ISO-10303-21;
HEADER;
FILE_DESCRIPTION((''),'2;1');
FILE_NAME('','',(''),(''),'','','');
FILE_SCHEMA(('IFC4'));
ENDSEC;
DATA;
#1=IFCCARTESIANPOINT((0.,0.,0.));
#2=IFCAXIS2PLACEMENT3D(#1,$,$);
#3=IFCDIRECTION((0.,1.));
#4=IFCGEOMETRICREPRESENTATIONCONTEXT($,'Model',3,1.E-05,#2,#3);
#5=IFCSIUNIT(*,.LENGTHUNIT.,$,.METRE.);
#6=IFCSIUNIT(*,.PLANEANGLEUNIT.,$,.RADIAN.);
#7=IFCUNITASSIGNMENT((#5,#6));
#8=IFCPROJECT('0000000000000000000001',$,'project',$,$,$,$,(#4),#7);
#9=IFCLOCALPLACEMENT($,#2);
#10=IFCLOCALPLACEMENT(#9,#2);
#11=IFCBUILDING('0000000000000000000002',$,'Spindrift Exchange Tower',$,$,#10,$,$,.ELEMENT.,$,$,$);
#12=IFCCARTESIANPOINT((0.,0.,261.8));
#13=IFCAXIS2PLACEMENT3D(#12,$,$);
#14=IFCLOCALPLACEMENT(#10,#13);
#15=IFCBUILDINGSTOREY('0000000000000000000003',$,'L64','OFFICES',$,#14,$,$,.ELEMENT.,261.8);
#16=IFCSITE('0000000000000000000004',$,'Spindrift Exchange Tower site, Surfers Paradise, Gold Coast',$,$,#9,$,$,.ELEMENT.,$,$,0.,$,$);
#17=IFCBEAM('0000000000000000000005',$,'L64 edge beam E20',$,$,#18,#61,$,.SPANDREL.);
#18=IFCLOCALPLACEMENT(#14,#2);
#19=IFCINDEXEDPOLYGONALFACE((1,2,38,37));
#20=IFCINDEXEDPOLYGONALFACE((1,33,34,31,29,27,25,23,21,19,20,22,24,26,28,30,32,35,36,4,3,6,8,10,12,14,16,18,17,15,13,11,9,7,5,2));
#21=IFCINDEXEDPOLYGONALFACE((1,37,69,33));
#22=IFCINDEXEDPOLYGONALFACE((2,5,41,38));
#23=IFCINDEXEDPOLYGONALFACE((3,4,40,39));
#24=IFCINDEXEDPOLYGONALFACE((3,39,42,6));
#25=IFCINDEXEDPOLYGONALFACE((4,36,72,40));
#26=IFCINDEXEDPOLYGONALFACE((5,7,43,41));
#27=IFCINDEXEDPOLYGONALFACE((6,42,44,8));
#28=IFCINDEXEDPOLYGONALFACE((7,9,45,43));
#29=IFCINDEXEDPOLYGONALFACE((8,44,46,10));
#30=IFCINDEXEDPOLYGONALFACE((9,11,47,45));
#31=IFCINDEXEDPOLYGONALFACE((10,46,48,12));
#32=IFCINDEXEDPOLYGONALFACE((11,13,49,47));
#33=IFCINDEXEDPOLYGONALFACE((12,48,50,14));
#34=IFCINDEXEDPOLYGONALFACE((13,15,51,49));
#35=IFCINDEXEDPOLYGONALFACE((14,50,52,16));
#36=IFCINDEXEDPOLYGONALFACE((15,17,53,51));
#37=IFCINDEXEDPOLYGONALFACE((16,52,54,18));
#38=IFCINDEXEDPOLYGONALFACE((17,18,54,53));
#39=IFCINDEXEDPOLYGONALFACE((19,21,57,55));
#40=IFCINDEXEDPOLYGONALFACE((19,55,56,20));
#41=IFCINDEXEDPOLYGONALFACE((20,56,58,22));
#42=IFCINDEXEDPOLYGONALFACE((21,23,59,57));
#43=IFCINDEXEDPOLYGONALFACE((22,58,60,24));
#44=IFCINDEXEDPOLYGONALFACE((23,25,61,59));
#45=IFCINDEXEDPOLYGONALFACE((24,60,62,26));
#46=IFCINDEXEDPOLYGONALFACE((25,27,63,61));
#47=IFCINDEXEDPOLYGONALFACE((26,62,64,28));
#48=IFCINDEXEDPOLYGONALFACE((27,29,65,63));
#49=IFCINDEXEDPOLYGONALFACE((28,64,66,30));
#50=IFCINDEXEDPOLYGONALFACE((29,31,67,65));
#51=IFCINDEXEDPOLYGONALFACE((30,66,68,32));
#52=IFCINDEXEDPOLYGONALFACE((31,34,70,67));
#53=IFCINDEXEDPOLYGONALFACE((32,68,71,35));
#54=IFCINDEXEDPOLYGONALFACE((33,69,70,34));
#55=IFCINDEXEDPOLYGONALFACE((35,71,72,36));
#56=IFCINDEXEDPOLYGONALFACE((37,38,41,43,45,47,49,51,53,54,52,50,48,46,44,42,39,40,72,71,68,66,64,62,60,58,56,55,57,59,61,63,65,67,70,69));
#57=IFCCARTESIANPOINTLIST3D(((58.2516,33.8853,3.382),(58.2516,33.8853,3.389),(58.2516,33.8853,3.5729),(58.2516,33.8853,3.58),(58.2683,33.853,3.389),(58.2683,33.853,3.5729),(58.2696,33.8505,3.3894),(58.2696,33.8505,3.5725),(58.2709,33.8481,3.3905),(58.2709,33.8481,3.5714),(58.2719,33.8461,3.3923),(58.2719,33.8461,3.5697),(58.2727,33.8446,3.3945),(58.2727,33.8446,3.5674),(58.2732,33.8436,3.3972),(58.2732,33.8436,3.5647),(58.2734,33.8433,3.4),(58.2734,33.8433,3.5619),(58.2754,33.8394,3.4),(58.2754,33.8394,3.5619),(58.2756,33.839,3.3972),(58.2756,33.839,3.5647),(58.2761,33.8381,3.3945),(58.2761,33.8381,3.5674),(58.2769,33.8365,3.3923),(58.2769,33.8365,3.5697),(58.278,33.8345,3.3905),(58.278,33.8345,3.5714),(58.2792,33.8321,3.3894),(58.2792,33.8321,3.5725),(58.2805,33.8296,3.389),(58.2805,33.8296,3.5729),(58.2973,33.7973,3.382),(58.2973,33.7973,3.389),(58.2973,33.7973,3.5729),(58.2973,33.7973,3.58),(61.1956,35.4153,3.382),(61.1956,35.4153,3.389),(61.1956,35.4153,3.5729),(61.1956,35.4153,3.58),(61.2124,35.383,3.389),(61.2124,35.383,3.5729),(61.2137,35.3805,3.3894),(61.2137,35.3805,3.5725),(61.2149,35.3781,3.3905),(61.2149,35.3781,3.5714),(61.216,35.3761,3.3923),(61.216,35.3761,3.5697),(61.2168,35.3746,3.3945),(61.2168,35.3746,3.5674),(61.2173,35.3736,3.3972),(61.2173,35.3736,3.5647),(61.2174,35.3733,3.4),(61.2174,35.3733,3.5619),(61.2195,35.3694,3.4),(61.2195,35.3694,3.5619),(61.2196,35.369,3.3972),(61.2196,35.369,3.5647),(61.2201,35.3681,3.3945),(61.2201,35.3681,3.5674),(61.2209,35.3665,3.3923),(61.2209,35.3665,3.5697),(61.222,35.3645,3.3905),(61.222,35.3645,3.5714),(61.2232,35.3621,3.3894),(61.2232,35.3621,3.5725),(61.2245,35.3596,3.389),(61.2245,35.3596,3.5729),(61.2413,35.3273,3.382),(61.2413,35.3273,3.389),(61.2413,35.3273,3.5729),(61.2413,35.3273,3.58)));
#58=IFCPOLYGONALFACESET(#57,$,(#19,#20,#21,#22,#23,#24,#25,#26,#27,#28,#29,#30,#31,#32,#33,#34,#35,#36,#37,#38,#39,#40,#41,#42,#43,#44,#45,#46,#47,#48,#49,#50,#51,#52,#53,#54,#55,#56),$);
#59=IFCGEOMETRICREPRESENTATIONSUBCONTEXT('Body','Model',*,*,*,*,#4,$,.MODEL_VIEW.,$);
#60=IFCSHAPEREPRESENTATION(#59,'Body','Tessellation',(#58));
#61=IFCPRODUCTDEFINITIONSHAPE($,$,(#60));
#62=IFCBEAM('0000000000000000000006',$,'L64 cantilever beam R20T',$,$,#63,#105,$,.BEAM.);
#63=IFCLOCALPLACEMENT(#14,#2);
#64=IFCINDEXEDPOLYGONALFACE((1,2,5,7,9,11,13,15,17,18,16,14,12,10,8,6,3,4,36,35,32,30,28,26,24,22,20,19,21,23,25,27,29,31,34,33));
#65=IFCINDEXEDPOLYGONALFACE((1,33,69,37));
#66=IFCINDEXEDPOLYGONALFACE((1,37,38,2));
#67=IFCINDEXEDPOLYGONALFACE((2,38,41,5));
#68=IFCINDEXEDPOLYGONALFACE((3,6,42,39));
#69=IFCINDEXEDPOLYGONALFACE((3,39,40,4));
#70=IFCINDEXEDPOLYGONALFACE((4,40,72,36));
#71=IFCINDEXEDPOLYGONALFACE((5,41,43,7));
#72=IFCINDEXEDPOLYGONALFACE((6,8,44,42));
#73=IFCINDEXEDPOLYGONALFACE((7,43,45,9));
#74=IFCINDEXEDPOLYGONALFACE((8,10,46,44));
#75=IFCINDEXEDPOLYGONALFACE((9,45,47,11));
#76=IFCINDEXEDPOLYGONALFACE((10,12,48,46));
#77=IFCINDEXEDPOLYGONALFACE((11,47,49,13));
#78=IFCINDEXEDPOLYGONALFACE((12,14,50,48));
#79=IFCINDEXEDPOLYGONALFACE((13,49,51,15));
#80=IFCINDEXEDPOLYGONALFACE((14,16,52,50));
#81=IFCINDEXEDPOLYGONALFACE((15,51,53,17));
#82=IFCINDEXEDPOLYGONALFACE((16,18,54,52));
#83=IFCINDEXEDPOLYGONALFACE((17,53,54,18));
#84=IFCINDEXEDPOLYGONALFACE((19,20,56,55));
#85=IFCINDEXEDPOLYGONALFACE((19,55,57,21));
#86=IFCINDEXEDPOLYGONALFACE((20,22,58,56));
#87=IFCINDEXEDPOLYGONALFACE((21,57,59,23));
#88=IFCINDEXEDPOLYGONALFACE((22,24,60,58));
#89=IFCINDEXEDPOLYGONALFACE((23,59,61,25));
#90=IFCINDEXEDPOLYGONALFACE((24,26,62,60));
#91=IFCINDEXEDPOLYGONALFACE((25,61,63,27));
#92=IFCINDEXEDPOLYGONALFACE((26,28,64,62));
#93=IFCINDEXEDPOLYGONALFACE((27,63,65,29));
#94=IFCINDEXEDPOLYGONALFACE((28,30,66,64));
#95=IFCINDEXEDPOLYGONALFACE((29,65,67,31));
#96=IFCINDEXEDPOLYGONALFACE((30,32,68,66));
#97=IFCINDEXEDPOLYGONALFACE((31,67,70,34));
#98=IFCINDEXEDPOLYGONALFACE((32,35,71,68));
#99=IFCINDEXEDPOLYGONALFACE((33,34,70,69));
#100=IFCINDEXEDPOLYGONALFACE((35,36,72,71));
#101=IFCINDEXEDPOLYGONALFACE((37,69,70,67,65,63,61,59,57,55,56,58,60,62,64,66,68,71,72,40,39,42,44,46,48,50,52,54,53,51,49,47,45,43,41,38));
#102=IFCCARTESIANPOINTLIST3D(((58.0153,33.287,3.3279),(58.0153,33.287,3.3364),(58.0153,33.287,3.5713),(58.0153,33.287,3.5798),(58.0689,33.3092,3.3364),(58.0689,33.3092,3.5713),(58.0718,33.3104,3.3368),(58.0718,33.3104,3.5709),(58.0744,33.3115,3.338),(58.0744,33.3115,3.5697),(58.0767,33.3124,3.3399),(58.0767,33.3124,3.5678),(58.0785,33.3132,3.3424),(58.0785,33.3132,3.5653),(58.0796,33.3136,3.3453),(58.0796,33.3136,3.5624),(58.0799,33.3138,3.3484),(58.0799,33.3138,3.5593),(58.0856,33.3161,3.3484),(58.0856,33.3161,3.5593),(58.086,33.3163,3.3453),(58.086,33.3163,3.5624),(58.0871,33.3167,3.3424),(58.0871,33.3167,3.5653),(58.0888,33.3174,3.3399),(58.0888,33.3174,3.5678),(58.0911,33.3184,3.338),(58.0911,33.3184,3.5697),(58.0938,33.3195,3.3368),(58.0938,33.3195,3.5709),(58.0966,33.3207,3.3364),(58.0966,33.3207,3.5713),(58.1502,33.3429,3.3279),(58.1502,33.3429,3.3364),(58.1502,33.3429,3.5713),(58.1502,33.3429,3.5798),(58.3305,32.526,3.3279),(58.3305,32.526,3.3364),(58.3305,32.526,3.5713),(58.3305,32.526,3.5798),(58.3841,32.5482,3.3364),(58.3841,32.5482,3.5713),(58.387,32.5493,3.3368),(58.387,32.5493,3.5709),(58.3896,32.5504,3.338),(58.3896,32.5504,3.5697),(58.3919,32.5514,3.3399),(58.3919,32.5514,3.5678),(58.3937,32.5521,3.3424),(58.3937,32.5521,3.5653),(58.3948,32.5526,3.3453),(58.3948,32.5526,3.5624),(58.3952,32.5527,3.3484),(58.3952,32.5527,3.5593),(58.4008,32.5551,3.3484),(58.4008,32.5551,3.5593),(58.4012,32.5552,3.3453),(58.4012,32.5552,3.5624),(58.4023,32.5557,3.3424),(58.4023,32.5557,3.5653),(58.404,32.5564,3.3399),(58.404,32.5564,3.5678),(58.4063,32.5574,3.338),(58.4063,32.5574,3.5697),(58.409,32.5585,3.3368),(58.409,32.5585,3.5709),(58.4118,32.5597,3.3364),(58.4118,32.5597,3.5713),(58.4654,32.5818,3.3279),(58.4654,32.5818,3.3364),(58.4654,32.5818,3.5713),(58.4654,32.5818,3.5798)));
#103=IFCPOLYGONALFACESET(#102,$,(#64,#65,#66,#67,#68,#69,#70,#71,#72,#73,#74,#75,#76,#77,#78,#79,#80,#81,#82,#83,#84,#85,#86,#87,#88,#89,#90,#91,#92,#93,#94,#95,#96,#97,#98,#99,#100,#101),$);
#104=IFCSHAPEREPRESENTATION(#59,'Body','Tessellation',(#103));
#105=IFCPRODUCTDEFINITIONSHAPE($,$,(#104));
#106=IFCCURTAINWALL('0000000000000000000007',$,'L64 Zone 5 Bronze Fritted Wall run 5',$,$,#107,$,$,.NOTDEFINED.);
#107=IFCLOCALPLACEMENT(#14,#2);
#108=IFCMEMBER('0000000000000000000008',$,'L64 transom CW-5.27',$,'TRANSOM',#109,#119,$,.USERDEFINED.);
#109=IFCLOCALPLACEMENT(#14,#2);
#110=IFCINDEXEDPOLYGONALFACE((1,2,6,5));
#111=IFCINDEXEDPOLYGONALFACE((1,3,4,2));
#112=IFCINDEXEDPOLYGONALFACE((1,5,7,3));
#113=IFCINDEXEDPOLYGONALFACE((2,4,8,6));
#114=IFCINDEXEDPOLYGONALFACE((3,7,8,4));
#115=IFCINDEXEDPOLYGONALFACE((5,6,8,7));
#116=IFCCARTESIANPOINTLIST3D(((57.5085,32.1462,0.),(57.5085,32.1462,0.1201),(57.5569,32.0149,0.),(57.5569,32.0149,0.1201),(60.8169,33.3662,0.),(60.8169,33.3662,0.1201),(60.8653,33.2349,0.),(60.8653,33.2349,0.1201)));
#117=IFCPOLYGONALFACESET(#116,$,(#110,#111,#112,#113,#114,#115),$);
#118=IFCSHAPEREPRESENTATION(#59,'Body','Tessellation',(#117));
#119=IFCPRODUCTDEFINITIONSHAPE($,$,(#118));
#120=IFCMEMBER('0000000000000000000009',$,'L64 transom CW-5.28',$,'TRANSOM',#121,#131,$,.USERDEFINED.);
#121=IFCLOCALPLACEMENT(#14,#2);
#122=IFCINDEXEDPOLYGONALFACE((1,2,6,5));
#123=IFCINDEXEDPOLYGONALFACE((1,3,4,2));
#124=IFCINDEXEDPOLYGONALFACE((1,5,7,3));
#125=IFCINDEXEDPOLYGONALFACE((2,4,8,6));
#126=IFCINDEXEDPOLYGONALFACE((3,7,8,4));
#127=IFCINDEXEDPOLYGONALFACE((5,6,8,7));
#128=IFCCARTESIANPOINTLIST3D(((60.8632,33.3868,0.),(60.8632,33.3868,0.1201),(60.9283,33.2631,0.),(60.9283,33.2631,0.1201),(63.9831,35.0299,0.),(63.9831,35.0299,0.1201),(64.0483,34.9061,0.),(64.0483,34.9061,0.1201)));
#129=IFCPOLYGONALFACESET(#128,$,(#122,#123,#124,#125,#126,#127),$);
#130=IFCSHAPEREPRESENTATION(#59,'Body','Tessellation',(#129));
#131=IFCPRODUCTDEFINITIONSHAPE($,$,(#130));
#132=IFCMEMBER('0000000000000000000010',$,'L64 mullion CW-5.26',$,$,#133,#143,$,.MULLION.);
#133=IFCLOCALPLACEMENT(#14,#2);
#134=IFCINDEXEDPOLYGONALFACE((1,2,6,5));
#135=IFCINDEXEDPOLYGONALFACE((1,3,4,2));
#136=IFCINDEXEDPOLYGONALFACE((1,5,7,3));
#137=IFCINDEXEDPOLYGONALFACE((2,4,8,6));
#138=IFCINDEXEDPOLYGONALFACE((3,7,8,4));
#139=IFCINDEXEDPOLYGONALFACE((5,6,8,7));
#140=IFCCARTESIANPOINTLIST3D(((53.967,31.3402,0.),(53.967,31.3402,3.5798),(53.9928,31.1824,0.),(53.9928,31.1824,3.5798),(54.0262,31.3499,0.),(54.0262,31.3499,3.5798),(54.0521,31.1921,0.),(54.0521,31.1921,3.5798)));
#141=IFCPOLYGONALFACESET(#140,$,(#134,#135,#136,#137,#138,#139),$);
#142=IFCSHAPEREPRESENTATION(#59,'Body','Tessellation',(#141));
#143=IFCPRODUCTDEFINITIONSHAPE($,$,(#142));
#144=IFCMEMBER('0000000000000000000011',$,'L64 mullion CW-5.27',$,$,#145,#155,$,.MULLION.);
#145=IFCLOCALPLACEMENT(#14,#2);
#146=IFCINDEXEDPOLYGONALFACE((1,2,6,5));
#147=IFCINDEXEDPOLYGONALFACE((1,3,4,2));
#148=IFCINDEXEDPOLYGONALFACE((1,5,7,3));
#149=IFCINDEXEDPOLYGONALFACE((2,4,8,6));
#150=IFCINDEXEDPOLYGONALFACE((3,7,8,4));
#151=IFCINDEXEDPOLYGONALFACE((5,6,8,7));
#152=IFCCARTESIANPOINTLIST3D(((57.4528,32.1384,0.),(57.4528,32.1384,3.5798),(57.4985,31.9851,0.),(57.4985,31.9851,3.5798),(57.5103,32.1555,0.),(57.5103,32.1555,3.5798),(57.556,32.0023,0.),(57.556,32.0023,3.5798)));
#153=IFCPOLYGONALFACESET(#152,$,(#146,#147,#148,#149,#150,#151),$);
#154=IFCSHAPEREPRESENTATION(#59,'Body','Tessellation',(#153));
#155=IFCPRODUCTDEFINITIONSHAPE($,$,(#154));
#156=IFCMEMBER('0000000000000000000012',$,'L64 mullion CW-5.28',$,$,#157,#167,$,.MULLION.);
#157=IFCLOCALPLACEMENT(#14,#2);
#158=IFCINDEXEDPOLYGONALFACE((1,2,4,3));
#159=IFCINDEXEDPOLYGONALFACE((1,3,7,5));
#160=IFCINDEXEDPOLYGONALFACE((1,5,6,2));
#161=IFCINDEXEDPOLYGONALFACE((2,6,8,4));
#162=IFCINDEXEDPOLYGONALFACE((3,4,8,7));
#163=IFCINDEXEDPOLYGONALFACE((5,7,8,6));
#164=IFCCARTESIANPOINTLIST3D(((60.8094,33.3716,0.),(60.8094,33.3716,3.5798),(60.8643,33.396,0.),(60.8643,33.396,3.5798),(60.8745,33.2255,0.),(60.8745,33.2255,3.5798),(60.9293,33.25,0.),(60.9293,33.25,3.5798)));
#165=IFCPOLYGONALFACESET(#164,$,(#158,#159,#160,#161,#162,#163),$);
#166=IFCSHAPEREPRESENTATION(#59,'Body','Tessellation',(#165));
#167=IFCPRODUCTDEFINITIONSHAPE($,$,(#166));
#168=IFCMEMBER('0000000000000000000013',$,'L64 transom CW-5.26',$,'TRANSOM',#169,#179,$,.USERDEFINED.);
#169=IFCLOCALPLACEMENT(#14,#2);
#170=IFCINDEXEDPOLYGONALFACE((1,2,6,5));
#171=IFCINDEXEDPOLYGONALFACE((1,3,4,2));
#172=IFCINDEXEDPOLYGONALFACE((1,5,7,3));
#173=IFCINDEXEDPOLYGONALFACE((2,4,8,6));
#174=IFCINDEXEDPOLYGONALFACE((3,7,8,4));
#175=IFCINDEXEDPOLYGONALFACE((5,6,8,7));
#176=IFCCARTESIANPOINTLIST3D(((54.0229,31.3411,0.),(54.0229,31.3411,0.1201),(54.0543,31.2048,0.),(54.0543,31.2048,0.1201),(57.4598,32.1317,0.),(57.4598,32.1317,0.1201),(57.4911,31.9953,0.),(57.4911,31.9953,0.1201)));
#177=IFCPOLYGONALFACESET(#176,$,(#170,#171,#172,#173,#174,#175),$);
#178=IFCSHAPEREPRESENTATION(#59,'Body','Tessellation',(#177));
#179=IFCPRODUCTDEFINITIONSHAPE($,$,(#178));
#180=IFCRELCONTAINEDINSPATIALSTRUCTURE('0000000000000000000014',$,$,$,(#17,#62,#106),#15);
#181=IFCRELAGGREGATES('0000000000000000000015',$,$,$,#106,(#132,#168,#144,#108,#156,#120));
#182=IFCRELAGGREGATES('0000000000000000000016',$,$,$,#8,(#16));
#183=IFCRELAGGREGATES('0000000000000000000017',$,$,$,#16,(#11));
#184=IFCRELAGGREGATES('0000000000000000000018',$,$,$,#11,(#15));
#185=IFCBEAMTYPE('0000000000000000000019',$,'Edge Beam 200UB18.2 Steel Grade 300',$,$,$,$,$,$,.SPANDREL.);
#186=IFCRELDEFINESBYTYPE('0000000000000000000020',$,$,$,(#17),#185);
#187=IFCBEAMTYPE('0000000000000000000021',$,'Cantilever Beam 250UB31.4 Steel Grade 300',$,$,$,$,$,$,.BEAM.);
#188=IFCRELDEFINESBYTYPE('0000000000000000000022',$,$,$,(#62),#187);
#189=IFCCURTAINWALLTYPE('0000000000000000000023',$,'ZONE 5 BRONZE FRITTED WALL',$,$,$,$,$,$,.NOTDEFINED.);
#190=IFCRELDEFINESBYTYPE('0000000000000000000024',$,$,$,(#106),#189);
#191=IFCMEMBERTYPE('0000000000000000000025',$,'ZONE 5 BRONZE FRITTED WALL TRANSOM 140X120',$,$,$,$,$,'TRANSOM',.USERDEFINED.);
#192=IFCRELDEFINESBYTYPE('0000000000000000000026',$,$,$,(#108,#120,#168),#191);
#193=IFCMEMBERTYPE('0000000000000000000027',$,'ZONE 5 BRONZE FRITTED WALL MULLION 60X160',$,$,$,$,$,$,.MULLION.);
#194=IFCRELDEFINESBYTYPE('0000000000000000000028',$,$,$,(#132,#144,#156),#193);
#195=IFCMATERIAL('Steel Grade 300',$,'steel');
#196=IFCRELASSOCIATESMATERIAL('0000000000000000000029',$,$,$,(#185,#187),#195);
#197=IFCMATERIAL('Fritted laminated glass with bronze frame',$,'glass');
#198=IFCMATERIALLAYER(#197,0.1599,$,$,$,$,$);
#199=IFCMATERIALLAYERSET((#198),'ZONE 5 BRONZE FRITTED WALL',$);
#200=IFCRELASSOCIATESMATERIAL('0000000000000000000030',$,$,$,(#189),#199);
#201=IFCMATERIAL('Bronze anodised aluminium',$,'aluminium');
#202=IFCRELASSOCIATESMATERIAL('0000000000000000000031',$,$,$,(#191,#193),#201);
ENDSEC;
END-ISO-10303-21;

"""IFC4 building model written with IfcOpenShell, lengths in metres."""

from ifc_helpers import new_model, si_unit, direction, frame, origin, origin_2d, place, context, subcontext, project, spatial, rectangle, i_section, extrude, source, transform, mapped, material, layer, layer_set, material_profile, profile_set, type_object, element, aggregate, save


model = new_model("IFC4")

# Units and contexts
model_context = context("Model", 3, precision=1e-05, world=origin(), true_north=direction((0.0, 1.0)))
body_context = subcontext(model_context, "Body", "Model", "MODEL_VIEW")
ifc_project = project(units=[si_unit("LENGTHUNIT", "METRE"), si_unit("PLANEANGLEUNIT", "RADIAN")], contexts=[model_context])

# Site, building, storey
site_placement = place(None, origin())
site = spatial("IfcSite", under=ifc_project, at=site_placement, Name="Spindrift Exchange Tower site, Surfers Paradise, Gold Coast", CompositionType="ELEMENT", RefElevation=0.0)
building_placement = place(site_placement, origin())
building = spatial("IfcBuilding", under=site, at=building_placement, Name="Spindrift Exchange Tower", CompositionType="ELEMENT")
storey_placement = place(building_placement, frame((0.0, 0.0, 261.8)))
storey = spatial("IfcBuildingStorey", under=building, at=storey_placement, Name="L64", Description="OFFICES", CompositionType="ELEMENT", Elevation=261.8)

# Beams
ifc_material_1 = material(Name="Steel Grade 300", Category="steel")
ifc_material_profile_1 = material_profile(ifc_material_1, i_section(OverallWidth=0.0991, OverallDepth=0.198, WebThickness=0.0044, FlangeThickness=0.0071, FilletRadius=0.011, at=origin_2d()), Name="200UB18.2")
ifc_profile_set_1 = profile_set([ifc_material_profile_1], Name="Steel Grade 300")
beam_type_1 = type_object("IfcBeamType", Name="Edge Beam 200UB18.2 Steel Grade 300", PredefinedType="SPANDREL", material=ifc_profile_set_1)
shared_shape_1 = source(origin(), body_context, "Body", "SweptSolid", [
    extrude(i_section(OverallWidth=0.0991, OverallDepth=0.198, WebThickness=0.0044, FlangeThickness=0.0071, FilletRadius=0.011, at=origin_2d()), origin(), (0.0, 0.0, 1.0), 3.3179),
])
beam_1_placement = place(storey_placement, frame((58.2744, 33.8413, 3.481), z_axis=(0.887328, 0.46114, 0.0), x_axis=(-0.46114, 0.887328, 0.0)))
element("IfcBeam", 1, at=beam_1_placement, inside=storey, type_object=beam_type_1, Name="L64 edge beam E20", PredefinedType="SPANDREL", context=body_context, shape_type="MappedRepresentation", body=[
    mapped(shared_shape_1, transform((0.0, 0.0, 0.0), scale=1.0)),
])
ifc_material_profile_2 = material_profile(ifc_material_1, i_section(OverallWidth=0.146, OverallDepth=0.252, WebThickness=0.0061, FlangeThickness=0.0085, FilletRadius=0.012, at=origin_2d()), Name="250UB31.4")
ifc_profile_set_2 = profile_set([ifc_material_profile_2], Name="Steel Grade 300")
beam_type_2 = type_object("IfcBeamType", Name="Cantilever Beam 250UB31.4 Steel Grade 300", PredefinedType="BEAM", material=ifc_profile_set_2)
shared_shape_2 = source(origin(), body_context, "Body", "SweptSolid", [
    extrude(i_section(OverallWidth=0.146, OverallDepth=0.252, WebThickness=0.0061, FlangeThickness=0.0085, FilletRadius=0.012, at=origin_2d()), origin(), (0.0, 0.0, 1.0), 0.8237),
])
beam_2_placement = place(storey_placement, frame((58.0828, 33.3149, 3.4539), z_axis=(0.382657, -0.92389, 0.0), x_axis=(0.92389, 0.382657, 0.0)))
element("IfcBeam", 2, at=beam_2_placement, inside=storey, type_object=beam_type_2, Name="L64 cantilever beam R20T", PredefinedType="BEAM", context=body_context, shape_type="MappedRepresentation", body=[
    mapped(shared_shape_2, transform((0.0, 0.0, 0.0), scale=1.0)),
])

# Curtain wall, members
ifc_material_2 = material(Name="Fritted laminated glass with bronze frame", Category="glass")
ifc_layer_1 = layer(ifc_material_2, 0.1599)
ifc_layer_set_1 = layer_set([ifc_layer_1], Name="ZONE 5 BRONZE FRITTED WALL")
curtain_wall_type = type_object("IfcCurtainWallType", Name="ZONE 5 BRONZE FRITTED WALL", PredefinedType="NOTDEFINED", material=ifc_layer_set_1)
curtain_wall_placement = place(storey_placement, origin())
curtain_wall = element("IfcCurtainWall", 3, at=curtain_wall_placement, inside=storey, type_object=curtain_wall_type, Name="L64 Zone 5 Bronze Fritted Wall run 5", PredefinedType="NOTDEFINED")
ifc_material_3 = material(Name="Bronze anodised aluminium", Category="aluminium")
ifc_material_profile_3 = material_profile(ifc_material_3, rectangle(XDim=0.1399, YDim=0.1201, at=origin_2d()), Name="ZONE 5 BRONZE FRITTED WALL TRANSOM 140X120")
ifc_profile_set_3 = profile_set([ifc_material_profile_3], Name="Bronze anodised aluminium")
member_type_1 = type_object("IfcMemberType", Name="ZONE 5 BRONZE FRITTED WALL TRANSOM 140X120", ElementType="TRANSOM", PredefinedType="USERDEFINED", material=ifc_profile_set_3)
shared_shape_3 = source(origin(), body_context, "Body", "SweptSolid", [
    extrude(rectangle(XDim=0.1399, YDim=0.1201, at=origin_2d()), origin(), (0.0, 0.0, 1.0), 3.5261),
])
member_1_placement = place(storey_placement, frame((57.5327, 32.0806, 0.0601), z_axis=(0.938241, 0.345981, 0.0), x_axis=(-0.345981, 0.938241, 0.0)))
member_1 = element("IfcMember", 4, at=member_1_placement, type_object=member_type_1, Name="L64 transom CW-5.27", ObjectType="TRANSOM", PredefinedType="USERDEFINED", context=body_context, shape_type="MappedRepresentation", body=[
    mapped(shared_shape_3, transform((0.0, 0.0, 0.0), scale=1.0)),
])
member_2_placement = place(storey_placement, frame((60.8958, 33.325, 0.0601), z_axis=(0.884798, 0.465975, 0.0), x_axis=(-0.465975, 0.884798, 0.0)))
member_2 = element("IfcMember", 5, at=member_2_placement, type_object=member_type_1, Name="L64 transom CW-5.28", ObjectType="TRANSOM", PredefinedType="USERDEFINED", context=body_context, shape_type="MappedRepresentation", body=[
    mapped(shared_shape_3, transform((0.0, 0.0, 0.0), scale=1.0)),
])
ifc_material_profile_4 = material_profile(ifc_material_3, rectangle(XDim=0.0601, YDim=0.1599, at=origin_2d()), Name="ZONE 5 BRONZE FRITTED WALL MULLION 60X160")
ifc_profile_set_4 = profile_set([ifc_material_profile_4], Name="Bronze anodised aluminium")
member_type_2 = type_object("IfcMemberType", Name="ZONE 5 BRONZE FRITTED WALL MULLION 60X160", PredefinedType="MULLION", material=ifc_profile_set_4)
shared_shape_4 = source(origin(), body_context, "Body", "SweptSolid", [
    extrude(rectangle(XDim=0.0601, YDim=0.1599, at=origin_2d()), origin(), (0.0, 0.0, 1.0), 3.5798),
])
member_3_placement = place(storey_placement, frame((54.0095, 31.2661, 0.0), z_axis=(0.0, 0.0, 1.0), x_axis=(0.986823, 0.161801, 0.0)))
member_3 = element("IfcMember", 6, at=member_3_placement, type_object=member_type_2, Name="L64 mullion CW-5.26", PredefinedType="MULLION", context=body_context, shape_type="MappedRepresentation", body=[
    mapped(shared_shape_4, transform((0.0, 0.0, 0.0), scale=1.0)),
])
member_4_placement = place(storey_placement, frame((57.5044, 32.0703, 0.0), z_axis=(0.0, 0.0, 1.0), x_axis=(0.958335, 0.285648, 0.0)))
member_4 = element("IfcMember", 7, at=member_4_placement, type_object=member_type_2, Name="L64 mullion CW-5.27", PredefinedType="MULLION", context=body_context, shape_type="MappedRepresentation", body=[
    mapped(shared_shape_4, transform((0.0, 0.0, 0.0), scale=1.0)),
])
member_5_placement = place(storey_placement, frame((60.8694, 33.3108, 0.0), z_axis=(0.0, 0.0, 1.0), x_axis=(0.913496, 0.406847, 0.0)))
member_5 = element("IfcMember", 8, at=member_5_placement, type_object=member_type_2, Name="L64 mullion CW-5.28", PredefinedType="MULLION", context=body_context, shape_type="MappedRepresentation", body=[
    mapped(shared_shape_4, transform((0.0, 0.0, 0.0), scale=1.0)),
])
shared_shape_5 = source(origin(), body_context, "Body", "SweptSolid", [
    extrude(rectangle(XDim=0.1399, YDim=0.1201, at=origin_2d()), origin(), (0.0, 0.0, 1.0), 3.5266),
])
member_6_placement = place(storey_placement, frame((54.0386, 31.2729, 0.0601), z_axis=(0.974551, 0.224167, 0.0), x_axis=(-0.224167, 0.974551, 0.0)))
member_6 = element("IfcMember", 9, at=member_6_placement, type_object=member_type_1, Name="L64 transom CW-5.26", ObjectType="TRANSOM", PredefinedType="USERDEFINED", context=body_context, shape_type="MappedRepresentation", body=[
    mapped(shared_shape_5, transform((0.0, 0.0, 0.0), scale=1.0)),
])
aggregate(curtain_wall, [member_3, member_6, member_4, member_1, member_5, member_2])

save(model, "model.ifc")
